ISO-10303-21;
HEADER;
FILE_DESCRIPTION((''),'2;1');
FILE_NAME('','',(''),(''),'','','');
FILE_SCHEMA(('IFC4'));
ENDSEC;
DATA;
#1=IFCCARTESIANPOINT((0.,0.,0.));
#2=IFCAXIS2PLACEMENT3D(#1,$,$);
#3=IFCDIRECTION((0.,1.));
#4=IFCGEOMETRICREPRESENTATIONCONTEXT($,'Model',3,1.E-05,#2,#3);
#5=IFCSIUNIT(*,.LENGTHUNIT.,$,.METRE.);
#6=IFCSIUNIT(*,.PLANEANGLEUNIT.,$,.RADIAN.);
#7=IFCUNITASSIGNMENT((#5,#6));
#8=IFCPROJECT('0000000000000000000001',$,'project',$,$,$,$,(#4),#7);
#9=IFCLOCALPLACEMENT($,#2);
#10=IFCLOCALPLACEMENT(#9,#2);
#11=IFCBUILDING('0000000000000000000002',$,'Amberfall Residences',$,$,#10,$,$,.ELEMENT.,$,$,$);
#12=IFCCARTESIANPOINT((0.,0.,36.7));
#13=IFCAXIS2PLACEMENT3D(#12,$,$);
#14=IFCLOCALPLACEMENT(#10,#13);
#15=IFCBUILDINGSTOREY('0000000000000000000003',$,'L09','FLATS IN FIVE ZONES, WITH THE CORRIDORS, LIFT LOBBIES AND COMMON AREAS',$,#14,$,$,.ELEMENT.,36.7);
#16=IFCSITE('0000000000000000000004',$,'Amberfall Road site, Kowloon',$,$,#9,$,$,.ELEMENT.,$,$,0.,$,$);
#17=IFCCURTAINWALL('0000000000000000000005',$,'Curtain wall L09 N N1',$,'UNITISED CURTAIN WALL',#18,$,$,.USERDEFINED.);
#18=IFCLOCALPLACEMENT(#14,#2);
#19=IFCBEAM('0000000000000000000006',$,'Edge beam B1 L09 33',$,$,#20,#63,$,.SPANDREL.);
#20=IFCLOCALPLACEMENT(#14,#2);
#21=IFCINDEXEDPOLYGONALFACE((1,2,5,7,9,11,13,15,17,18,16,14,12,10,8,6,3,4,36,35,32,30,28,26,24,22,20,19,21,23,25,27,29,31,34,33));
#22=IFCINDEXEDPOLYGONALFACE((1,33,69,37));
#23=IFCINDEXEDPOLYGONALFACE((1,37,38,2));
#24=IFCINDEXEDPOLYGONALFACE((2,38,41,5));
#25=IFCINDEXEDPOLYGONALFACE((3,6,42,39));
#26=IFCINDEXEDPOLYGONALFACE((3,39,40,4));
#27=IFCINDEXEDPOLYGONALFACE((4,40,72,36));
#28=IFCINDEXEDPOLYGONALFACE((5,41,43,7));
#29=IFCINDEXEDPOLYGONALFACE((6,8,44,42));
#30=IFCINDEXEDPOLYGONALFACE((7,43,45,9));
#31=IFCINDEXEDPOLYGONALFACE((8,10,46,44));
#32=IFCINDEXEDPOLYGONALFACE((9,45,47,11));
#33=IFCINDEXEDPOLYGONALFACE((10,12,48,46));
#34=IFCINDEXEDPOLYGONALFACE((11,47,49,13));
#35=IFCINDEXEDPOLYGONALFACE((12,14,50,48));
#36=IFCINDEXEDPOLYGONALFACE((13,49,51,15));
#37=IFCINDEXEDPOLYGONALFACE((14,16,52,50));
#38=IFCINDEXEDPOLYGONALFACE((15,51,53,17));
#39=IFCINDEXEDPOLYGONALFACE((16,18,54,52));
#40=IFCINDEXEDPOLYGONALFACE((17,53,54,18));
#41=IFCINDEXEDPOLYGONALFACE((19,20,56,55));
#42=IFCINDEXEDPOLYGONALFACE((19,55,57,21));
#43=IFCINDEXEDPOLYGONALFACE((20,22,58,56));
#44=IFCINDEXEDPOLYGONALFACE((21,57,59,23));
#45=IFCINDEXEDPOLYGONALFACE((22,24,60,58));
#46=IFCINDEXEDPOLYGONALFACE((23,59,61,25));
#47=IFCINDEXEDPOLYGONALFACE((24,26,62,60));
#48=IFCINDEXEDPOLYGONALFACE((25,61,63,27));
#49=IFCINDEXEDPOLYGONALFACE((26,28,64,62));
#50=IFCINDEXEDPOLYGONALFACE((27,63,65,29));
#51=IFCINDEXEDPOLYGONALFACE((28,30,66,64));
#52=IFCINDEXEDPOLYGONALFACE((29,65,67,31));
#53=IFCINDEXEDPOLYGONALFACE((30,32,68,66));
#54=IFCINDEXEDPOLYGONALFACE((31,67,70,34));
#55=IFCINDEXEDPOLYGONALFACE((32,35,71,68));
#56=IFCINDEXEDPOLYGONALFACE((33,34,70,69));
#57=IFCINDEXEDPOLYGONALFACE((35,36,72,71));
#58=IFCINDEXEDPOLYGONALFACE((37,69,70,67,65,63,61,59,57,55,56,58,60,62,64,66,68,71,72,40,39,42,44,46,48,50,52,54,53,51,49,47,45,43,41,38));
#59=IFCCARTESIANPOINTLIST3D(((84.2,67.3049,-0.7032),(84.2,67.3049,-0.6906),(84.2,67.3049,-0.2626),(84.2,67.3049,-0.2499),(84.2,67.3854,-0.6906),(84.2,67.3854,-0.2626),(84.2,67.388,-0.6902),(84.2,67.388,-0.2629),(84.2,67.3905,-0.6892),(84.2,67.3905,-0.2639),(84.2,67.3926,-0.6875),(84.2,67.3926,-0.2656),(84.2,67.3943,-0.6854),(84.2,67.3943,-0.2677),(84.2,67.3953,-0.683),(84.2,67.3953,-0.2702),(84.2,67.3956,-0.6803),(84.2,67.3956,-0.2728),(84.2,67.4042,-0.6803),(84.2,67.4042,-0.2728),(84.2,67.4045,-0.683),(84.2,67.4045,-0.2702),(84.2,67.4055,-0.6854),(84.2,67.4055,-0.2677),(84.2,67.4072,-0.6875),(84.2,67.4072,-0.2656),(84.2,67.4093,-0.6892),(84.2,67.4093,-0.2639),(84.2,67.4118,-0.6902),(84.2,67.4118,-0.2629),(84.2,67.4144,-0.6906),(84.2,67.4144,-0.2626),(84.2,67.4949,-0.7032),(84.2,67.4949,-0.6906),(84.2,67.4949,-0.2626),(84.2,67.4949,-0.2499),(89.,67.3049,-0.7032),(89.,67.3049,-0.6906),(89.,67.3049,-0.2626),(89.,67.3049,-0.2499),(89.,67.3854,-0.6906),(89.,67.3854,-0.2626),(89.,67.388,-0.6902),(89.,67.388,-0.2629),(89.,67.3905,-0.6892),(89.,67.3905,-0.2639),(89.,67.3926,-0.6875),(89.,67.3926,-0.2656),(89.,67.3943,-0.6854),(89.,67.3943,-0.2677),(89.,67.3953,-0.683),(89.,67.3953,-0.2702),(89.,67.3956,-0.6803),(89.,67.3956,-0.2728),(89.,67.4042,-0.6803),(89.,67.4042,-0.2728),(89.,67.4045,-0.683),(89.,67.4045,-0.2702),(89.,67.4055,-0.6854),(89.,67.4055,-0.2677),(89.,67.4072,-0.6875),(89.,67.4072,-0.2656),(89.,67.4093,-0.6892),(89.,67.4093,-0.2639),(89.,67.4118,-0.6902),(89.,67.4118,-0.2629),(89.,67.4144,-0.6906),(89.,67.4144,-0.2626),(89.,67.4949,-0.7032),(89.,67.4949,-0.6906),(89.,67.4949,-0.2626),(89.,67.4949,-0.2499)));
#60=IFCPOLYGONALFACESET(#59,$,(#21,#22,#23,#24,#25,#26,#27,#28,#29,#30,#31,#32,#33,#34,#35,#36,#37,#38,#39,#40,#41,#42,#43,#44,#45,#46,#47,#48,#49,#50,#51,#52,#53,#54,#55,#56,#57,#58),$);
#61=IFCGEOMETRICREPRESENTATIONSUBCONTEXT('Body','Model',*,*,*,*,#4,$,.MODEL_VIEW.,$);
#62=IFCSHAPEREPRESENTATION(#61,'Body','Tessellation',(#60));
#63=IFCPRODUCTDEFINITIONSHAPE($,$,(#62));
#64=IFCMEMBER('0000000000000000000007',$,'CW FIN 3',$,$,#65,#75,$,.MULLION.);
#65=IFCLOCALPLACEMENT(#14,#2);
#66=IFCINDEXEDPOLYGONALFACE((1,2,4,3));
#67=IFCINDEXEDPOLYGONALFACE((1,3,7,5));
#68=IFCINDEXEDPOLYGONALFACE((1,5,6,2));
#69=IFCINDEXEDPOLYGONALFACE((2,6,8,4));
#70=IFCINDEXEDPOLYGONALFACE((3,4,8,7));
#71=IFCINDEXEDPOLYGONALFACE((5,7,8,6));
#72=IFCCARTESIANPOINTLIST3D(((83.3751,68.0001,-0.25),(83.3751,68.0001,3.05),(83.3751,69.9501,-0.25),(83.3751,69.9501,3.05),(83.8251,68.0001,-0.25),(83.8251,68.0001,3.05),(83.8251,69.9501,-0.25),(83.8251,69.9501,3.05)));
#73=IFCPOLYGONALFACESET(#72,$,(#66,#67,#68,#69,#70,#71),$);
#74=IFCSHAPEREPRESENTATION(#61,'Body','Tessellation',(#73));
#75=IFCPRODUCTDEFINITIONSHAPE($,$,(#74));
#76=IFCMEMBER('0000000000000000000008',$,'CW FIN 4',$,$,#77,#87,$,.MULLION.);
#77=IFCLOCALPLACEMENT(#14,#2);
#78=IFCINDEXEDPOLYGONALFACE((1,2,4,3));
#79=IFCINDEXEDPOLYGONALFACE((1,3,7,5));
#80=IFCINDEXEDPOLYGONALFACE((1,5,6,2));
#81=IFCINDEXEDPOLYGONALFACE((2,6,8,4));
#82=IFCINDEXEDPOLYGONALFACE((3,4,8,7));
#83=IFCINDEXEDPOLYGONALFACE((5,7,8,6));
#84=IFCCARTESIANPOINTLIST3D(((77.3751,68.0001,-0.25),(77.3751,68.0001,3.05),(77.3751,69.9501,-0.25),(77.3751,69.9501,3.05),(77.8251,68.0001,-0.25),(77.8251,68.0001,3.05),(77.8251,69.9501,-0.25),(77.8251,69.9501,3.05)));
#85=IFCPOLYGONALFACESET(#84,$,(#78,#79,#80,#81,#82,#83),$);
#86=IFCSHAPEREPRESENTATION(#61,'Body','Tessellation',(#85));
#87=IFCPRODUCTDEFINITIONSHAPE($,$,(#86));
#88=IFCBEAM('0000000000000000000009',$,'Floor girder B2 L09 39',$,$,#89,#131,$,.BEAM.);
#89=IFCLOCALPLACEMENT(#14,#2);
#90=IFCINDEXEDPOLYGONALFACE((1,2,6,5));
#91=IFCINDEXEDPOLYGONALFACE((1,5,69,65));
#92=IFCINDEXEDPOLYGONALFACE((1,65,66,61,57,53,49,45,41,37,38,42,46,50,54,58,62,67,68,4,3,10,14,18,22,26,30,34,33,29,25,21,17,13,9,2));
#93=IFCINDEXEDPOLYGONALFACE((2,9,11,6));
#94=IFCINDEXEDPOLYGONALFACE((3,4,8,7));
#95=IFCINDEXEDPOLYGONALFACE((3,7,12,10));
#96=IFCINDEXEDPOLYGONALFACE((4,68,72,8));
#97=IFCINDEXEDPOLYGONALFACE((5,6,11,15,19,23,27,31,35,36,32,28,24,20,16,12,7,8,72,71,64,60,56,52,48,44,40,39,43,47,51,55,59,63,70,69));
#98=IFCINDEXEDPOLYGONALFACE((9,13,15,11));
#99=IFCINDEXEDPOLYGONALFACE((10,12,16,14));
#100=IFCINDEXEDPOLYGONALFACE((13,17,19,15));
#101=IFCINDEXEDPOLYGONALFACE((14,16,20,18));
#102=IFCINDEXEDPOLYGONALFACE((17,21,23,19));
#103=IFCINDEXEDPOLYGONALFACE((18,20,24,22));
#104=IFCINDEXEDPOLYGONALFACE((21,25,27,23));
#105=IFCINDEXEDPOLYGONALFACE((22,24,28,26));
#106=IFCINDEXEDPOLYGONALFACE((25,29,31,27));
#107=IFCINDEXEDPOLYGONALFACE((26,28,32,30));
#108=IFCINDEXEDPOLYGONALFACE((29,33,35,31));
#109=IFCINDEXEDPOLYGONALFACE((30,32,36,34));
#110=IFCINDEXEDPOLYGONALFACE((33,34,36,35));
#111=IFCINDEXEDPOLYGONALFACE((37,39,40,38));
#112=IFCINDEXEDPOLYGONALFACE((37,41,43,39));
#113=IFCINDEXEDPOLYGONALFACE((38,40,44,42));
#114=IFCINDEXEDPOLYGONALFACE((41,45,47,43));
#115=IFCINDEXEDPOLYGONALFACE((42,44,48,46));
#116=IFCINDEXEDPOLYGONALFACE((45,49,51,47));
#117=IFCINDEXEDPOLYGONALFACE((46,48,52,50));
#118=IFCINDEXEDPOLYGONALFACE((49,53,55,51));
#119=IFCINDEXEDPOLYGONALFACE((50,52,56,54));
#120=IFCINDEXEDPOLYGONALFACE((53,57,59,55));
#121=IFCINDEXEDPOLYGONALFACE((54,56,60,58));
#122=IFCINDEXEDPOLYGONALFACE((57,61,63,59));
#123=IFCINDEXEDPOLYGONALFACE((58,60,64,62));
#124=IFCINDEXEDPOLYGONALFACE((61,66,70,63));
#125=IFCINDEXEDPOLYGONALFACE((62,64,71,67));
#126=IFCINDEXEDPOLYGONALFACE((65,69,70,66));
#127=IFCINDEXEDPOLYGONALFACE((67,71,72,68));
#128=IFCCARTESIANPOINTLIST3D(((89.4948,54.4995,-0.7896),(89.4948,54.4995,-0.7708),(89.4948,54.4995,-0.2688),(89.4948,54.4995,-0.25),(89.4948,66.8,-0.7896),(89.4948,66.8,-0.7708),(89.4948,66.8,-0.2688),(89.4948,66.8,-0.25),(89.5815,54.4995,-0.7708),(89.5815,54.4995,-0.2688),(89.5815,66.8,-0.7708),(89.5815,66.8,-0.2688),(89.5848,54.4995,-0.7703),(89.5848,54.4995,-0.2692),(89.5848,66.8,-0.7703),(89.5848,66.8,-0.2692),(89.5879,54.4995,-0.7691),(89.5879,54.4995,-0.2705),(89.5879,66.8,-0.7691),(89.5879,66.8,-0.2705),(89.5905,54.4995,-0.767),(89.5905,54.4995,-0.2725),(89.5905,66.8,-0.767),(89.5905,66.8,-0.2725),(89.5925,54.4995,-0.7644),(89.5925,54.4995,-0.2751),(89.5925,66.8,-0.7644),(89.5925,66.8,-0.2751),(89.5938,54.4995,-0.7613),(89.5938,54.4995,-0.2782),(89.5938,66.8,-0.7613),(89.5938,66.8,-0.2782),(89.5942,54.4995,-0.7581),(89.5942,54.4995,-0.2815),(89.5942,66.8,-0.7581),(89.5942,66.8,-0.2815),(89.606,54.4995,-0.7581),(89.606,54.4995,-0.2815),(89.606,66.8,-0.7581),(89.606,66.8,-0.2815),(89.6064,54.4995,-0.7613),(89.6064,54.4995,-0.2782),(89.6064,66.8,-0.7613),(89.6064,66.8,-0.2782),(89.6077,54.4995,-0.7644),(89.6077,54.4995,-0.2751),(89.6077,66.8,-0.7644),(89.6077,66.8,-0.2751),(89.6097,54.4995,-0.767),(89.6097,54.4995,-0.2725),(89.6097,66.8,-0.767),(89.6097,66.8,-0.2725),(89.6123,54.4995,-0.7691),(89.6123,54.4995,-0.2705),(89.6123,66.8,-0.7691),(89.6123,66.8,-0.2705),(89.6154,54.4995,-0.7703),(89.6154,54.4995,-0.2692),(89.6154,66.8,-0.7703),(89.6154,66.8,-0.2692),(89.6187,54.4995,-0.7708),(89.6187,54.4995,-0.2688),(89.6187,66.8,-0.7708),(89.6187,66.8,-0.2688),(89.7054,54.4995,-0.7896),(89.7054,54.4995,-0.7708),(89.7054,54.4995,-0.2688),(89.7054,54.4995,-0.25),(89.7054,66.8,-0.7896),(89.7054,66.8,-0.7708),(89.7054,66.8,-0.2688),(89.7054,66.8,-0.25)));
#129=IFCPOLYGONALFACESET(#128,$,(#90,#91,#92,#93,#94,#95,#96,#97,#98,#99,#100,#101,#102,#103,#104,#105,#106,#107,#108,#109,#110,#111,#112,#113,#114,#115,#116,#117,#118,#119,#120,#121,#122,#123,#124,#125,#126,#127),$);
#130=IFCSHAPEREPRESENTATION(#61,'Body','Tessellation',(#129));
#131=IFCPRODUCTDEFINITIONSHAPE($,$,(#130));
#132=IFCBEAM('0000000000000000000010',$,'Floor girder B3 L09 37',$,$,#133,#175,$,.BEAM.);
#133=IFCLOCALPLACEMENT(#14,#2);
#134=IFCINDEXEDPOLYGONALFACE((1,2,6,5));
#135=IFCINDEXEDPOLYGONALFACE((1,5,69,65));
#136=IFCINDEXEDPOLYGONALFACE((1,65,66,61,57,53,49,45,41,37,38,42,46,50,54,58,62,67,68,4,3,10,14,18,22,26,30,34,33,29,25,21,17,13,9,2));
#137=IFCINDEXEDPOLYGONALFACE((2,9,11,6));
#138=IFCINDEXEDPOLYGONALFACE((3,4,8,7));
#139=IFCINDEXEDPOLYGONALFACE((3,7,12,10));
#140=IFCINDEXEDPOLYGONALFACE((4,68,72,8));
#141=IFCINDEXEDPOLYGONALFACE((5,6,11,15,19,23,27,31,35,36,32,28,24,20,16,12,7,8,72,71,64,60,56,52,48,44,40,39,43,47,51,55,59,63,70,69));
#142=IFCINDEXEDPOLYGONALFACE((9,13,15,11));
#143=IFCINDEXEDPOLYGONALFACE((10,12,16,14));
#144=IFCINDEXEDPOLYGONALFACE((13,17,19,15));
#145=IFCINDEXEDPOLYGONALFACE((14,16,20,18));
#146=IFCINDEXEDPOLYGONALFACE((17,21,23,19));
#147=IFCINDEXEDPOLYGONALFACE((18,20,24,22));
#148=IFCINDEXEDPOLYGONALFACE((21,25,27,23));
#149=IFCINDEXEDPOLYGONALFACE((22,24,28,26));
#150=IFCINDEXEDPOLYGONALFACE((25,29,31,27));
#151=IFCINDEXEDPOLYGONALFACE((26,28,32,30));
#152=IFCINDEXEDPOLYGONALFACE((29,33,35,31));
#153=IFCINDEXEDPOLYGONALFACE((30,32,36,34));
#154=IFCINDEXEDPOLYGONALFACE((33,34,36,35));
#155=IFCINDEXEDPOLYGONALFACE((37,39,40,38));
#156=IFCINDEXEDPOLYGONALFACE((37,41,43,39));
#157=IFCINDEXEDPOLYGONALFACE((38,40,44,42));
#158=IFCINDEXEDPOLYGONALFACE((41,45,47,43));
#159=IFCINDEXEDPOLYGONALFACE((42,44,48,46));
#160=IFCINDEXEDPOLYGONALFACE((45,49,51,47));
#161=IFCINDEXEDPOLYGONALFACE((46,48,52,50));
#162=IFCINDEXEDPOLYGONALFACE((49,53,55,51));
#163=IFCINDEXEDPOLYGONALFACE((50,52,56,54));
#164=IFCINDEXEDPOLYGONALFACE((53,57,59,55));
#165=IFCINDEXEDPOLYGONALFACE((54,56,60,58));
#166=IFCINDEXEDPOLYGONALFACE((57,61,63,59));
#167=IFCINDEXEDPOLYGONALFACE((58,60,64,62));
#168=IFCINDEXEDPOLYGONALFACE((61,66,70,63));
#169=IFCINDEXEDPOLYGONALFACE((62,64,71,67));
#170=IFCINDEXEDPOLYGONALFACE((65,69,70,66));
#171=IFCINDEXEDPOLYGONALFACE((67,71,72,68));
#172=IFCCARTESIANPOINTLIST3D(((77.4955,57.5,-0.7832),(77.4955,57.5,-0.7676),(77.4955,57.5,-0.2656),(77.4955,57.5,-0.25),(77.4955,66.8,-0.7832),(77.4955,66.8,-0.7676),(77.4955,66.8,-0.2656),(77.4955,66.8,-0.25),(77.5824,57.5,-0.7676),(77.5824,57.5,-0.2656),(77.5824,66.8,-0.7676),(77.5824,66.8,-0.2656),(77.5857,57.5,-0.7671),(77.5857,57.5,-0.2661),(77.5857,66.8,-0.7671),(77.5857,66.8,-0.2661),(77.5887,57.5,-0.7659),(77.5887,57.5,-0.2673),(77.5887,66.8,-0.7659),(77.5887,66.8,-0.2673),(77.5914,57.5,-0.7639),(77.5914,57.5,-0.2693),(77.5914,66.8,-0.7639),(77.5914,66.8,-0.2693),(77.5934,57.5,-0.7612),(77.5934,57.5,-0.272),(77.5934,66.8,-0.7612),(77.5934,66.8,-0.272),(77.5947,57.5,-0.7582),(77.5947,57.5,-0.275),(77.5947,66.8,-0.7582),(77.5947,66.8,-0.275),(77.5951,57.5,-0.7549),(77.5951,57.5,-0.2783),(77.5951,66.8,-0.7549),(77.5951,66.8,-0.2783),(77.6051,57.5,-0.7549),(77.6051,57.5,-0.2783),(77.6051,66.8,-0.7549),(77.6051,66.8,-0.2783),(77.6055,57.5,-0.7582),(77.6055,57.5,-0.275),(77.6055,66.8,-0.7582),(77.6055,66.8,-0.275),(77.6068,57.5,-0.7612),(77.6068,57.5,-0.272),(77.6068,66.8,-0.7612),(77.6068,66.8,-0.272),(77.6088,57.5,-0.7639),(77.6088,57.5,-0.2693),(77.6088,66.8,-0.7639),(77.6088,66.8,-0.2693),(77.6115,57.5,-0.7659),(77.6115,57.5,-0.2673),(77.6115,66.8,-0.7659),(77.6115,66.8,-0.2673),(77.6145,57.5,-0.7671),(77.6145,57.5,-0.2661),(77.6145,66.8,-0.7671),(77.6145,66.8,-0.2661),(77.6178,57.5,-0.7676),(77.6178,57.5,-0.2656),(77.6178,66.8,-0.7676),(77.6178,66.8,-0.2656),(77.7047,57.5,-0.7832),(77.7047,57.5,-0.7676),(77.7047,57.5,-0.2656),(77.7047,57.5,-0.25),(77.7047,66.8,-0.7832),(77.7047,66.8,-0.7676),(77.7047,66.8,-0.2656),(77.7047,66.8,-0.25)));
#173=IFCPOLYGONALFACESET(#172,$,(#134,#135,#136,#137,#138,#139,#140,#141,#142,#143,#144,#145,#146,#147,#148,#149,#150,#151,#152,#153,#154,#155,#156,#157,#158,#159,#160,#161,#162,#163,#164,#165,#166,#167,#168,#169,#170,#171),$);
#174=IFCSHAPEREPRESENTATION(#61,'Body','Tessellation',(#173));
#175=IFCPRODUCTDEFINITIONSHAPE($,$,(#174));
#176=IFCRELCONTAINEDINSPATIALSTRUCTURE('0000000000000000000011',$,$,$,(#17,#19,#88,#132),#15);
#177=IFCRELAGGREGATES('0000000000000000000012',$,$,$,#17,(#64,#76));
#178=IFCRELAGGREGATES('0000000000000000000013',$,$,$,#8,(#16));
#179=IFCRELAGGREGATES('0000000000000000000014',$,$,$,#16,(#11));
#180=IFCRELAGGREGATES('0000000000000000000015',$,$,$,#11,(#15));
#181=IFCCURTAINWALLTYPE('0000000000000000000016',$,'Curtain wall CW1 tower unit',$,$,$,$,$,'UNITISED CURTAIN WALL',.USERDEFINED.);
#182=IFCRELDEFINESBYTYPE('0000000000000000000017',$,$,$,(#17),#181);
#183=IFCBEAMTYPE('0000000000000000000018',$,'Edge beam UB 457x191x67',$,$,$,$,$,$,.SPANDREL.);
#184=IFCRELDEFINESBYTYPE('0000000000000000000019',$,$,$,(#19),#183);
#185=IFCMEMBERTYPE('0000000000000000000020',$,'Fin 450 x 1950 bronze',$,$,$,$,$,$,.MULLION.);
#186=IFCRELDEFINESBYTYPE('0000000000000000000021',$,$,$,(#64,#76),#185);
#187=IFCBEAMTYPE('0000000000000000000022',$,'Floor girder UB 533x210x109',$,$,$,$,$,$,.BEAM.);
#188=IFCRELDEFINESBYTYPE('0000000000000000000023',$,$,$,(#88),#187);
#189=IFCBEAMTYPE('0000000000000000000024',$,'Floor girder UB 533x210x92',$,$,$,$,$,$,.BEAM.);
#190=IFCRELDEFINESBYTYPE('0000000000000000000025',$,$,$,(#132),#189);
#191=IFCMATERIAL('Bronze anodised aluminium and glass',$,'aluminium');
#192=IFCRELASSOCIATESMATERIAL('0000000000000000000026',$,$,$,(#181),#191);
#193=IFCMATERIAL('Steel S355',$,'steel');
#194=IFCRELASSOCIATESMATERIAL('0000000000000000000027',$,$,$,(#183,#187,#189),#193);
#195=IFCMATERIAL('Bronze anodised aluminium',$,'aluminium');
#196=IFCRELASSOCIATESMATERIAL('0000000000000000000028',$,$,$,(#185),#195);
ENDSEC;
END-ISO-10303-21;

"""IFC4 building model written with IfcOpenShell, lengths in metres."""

from ifc_helpers import new_model, si_unit, direction, frame, origin, origin_2d, place, context, subcontext, project, spatial, rectangle, i_section, extrude, material, material_profile, profile_set, type_object, element, aggregate, save


model = new_model("IFC4")

# Units and contexts
model_context = context("Model", 3, precision=1e-05, world=origin(), true_north=direction((0.0, 1.0)))
body_context = subcontext(model_context, "Body", "Model", "MODEL_VIEW")
ifc_project = project(units=[si_unit("LENGTHUNIT", "METRE"), si_unit("PLANEANGLEUNIT", "RADIAN")], contexts=[model_context])

# Site, building, storey
site_placement = place(None, origin())
site = spatial("IfcSite", under=ifc_project, at=site_placement, Name="Amberfall Road site, Kowloon", CompositionType="ELEMENT", RefElevation=0.0)
building_placement = place(site_placement, origin())
building = spatial("IfcBuilding", under=site, at=building_placement, Name="Amberfall Residences", CompositionType="ELEMENT")
storey_placement = place(building_placement, frame((0.0, 0.0, 36.7)))
storey = spatial("IfcBuildingStorey", under=building, at=storey_placement, Name="L09", Description="FLATS IN FIVE ZONES, WITH THE CORRIDORS, LIFT LOBBIES AND COMMON AREAS", CompositionType="ELEMENT", Elevation=36.7)

# Curtain wall
ifc_material_1 = material(Name="Bronze anodised aluminium and glass", Category="aluminium")
curtain_wall_type = type_object("IfcCurtainWallType", Name="Curtain wall CW1 tower unit", ElementType="UNITISED CURTAIN WALL", PredefinedType="USERDEFINED", material=ifc_material_1)
curtain_wall_placement = place(storey_placement, origin())
curtain_wall = element("IfcCurtainWall", 1, at=curtain_wall_placement, inside=storey, type_object=curtain_wall_type, Name="Curtain wall L09 N N1", ObjectType="UNITISED CURTAIN WALL", PredefinedType="USERDEFINED")
ifc_material_2 = material(Name="Bronze anodised aluminium", Category="aluminium")

# Beam
ifc_material_3 = material(Name="Steel S355", Category="steel")
ifc_material_profile_1 = material_profile(ifc_material_3, i_section(OverallWidth=0.1899, OverallDepth=0.4534, WebThickness=0.0085, FlangeThickness=0.0127, FilletRadius=0.0103, at=origin_2d()), Name="UB 457x191x67")
ifc_profile_set_1 = profile_set([ifc_material_profile_1], Name="Steel S355")
beam_type_1 = type_object("IfcBeamType", Name="Edge beam UB 457x191x67", PredefinedType="SPANDREL", material=ifc_profile_set_1)
for number, where, z_axis, x_axis, name in (
    (2, (84.2, 67.3999, -0.4766), (1.0, 0.0, 0.0), (0.0, 1.0, 0.0), "Edge beam B1 L09 33"),
):
    element("IfcBeam", number, at=place(storey_placement, frame(where, z_axis=z_axis, x_axis=x_axis)), inside=storey, type_object=beam_type_1, Name=name, PredefinedType="SPANDREL", context=body_context, shape_type="SweptSolid", body=[
        extrude(i_section(OverallWidth=0.1899, OverallDepth=0.4534, WebThickness=0.0085, FlangeThickness=0.0127, FilletRadius=0.0103, at=origin_2d()), origin(), (0.0, 0.0, 1.0), 4.8),
    ])

# Members
ifc_material_profile_2 = material_profile(ifc_material_2, rectangle(XDim=1.95, YDim=0.45, at=origin_2d()), Name="Fin 450 x 1950 bronze")
ifc_profile_set_2 = profile_set([ifc_material_profile_2], Name="Bronze anodised aluminium")
member_type_1 = type_object("IfcMemberType", Name="Fin 450 x 1950 bronze", PredefinedType="MULLION", material=ifc_profile_set_2)
member_1_placement = place(storey_placement, frame((83.6001, 68.9751, -0.25), z_axis=(0.0, 0.0, 1.0), x_axis=(0.0, -1.0, 0.0)))
member_1 = element("IfcMember", 3, at=member_1_placement, type_object=member_type_1, Name="CW FIN 3", PredefinedType="MULLION", context=body_context, shape_type="SweptSolid", body=[
    extrude(rectangle(XDim=1.95, YDim=0.45, at=origin_2d()), origin(), (0.0, 0.0, 1.0), 3.3),
])
member_2_placement = place(storey_placement, frame((77.6001, 68.9751, -0.25), z_axis=(0.0, 0.0, 1.0), x_axis=(0.0, -1.0, 0.0)))
member_2 = element("IfcMember", 4, at=member_2_placement, type_object=member_type_1, Name="CW FIN 4", PredefinedType="MULLION", context=body_context, shape_type="SweptSolid", body=[
    extrude(rectangle(XDim=1.95, YDim=0.45, at=origin_2d()), origin(), (0.0, 0.0, 1.0), 3.3),
])

# Beams
ifc_material_profile_3 = material_profile(ifc_material_3, i_section(OverallWidth=0.2107, OverallDepth=0.5396, WebThickness=0.0117, FlangeThickness=0.0188, FilletRadius=0.0127, at=origin_2d()), Name="UB 533x210x109")
ifc_profile_set_3 = profile_set([ifc_material_profile_3], Name="Steel S355")
beam_type_2 = type_object("IfcBeamType", Name="Floor girder UB 533x210x109", PredefinedType="BEAM", material=ifc_profile_set_3)
beam_placement = place(storey_placement, frame((89.6001, 66.8, -0.5198), z_axis=(0.0, -1.0, 0.0), x_axis=(1.0, 0.0, 0.0)))
element("IfcBeam", 5, at=beam_placement, inside=storey, type_object=beam_type_2, Name="Floor girder B2 L09 39", PredefinedType="BEAM", context=body_context, shape_type="SweptSolid", body=[
    extrude(i_section(OverallWidth=0.2107, OverallDepth=0.5396, WebThickness=0.0117, FlangeThickness=0.0188, FilletRadius=0.0127, at=origin_2d()), origin(), (0.0, 0.0, 1.0), 12.3005),
])
ifc_material_profile_4 = material_profile(ifc_material_3, i_section(OverallWidth=0.2092, OverallDepth=0.5332, WebThickness=0.01, FlangeThickness=0.0156, FilletRadius=0.0127, at=origin_2d()), Name="UB 533x210x92")
ifc_profile_set_4 = profile_set([ifc_material_profile_4], Name="Steel S355")
beam_type_3 = type_object("IfcBeamType", Name="Floor girder UB 533x210x92", PredefinedType="BEAM", material=ifc_profile_set_4)
for number, where, z_axis, x_axis, name in (
    (6, (77.6001, 66.8, -0.5166), (0.0, -1.0, 0.0), (1.0, 0.0, 0.0), "Floor girder B3 L09 37"),
):
    element("IfcBeam", number, at=place(storey_placement, frame(where, z_axis=z_axis, x_axis=x_axis)), inside=storey, type_object=beam_type_3, Name=name, PredefinedType="BEAM", context=body_context, shape_type="SweptSolid", body=[
        extrude(i_section(OverallWidth=0.2092, OverallDepth=0.5332, WebThickness=0.01, FlangeThickness=0.0156, FilletRadius=0.0127, at=origin_2d()), origin(), (0.0, 0.0, 1.0), 9.3),
    ])

aggregate(curtain_wall, [member_1, member_2])

save(model, "model.ifc")
